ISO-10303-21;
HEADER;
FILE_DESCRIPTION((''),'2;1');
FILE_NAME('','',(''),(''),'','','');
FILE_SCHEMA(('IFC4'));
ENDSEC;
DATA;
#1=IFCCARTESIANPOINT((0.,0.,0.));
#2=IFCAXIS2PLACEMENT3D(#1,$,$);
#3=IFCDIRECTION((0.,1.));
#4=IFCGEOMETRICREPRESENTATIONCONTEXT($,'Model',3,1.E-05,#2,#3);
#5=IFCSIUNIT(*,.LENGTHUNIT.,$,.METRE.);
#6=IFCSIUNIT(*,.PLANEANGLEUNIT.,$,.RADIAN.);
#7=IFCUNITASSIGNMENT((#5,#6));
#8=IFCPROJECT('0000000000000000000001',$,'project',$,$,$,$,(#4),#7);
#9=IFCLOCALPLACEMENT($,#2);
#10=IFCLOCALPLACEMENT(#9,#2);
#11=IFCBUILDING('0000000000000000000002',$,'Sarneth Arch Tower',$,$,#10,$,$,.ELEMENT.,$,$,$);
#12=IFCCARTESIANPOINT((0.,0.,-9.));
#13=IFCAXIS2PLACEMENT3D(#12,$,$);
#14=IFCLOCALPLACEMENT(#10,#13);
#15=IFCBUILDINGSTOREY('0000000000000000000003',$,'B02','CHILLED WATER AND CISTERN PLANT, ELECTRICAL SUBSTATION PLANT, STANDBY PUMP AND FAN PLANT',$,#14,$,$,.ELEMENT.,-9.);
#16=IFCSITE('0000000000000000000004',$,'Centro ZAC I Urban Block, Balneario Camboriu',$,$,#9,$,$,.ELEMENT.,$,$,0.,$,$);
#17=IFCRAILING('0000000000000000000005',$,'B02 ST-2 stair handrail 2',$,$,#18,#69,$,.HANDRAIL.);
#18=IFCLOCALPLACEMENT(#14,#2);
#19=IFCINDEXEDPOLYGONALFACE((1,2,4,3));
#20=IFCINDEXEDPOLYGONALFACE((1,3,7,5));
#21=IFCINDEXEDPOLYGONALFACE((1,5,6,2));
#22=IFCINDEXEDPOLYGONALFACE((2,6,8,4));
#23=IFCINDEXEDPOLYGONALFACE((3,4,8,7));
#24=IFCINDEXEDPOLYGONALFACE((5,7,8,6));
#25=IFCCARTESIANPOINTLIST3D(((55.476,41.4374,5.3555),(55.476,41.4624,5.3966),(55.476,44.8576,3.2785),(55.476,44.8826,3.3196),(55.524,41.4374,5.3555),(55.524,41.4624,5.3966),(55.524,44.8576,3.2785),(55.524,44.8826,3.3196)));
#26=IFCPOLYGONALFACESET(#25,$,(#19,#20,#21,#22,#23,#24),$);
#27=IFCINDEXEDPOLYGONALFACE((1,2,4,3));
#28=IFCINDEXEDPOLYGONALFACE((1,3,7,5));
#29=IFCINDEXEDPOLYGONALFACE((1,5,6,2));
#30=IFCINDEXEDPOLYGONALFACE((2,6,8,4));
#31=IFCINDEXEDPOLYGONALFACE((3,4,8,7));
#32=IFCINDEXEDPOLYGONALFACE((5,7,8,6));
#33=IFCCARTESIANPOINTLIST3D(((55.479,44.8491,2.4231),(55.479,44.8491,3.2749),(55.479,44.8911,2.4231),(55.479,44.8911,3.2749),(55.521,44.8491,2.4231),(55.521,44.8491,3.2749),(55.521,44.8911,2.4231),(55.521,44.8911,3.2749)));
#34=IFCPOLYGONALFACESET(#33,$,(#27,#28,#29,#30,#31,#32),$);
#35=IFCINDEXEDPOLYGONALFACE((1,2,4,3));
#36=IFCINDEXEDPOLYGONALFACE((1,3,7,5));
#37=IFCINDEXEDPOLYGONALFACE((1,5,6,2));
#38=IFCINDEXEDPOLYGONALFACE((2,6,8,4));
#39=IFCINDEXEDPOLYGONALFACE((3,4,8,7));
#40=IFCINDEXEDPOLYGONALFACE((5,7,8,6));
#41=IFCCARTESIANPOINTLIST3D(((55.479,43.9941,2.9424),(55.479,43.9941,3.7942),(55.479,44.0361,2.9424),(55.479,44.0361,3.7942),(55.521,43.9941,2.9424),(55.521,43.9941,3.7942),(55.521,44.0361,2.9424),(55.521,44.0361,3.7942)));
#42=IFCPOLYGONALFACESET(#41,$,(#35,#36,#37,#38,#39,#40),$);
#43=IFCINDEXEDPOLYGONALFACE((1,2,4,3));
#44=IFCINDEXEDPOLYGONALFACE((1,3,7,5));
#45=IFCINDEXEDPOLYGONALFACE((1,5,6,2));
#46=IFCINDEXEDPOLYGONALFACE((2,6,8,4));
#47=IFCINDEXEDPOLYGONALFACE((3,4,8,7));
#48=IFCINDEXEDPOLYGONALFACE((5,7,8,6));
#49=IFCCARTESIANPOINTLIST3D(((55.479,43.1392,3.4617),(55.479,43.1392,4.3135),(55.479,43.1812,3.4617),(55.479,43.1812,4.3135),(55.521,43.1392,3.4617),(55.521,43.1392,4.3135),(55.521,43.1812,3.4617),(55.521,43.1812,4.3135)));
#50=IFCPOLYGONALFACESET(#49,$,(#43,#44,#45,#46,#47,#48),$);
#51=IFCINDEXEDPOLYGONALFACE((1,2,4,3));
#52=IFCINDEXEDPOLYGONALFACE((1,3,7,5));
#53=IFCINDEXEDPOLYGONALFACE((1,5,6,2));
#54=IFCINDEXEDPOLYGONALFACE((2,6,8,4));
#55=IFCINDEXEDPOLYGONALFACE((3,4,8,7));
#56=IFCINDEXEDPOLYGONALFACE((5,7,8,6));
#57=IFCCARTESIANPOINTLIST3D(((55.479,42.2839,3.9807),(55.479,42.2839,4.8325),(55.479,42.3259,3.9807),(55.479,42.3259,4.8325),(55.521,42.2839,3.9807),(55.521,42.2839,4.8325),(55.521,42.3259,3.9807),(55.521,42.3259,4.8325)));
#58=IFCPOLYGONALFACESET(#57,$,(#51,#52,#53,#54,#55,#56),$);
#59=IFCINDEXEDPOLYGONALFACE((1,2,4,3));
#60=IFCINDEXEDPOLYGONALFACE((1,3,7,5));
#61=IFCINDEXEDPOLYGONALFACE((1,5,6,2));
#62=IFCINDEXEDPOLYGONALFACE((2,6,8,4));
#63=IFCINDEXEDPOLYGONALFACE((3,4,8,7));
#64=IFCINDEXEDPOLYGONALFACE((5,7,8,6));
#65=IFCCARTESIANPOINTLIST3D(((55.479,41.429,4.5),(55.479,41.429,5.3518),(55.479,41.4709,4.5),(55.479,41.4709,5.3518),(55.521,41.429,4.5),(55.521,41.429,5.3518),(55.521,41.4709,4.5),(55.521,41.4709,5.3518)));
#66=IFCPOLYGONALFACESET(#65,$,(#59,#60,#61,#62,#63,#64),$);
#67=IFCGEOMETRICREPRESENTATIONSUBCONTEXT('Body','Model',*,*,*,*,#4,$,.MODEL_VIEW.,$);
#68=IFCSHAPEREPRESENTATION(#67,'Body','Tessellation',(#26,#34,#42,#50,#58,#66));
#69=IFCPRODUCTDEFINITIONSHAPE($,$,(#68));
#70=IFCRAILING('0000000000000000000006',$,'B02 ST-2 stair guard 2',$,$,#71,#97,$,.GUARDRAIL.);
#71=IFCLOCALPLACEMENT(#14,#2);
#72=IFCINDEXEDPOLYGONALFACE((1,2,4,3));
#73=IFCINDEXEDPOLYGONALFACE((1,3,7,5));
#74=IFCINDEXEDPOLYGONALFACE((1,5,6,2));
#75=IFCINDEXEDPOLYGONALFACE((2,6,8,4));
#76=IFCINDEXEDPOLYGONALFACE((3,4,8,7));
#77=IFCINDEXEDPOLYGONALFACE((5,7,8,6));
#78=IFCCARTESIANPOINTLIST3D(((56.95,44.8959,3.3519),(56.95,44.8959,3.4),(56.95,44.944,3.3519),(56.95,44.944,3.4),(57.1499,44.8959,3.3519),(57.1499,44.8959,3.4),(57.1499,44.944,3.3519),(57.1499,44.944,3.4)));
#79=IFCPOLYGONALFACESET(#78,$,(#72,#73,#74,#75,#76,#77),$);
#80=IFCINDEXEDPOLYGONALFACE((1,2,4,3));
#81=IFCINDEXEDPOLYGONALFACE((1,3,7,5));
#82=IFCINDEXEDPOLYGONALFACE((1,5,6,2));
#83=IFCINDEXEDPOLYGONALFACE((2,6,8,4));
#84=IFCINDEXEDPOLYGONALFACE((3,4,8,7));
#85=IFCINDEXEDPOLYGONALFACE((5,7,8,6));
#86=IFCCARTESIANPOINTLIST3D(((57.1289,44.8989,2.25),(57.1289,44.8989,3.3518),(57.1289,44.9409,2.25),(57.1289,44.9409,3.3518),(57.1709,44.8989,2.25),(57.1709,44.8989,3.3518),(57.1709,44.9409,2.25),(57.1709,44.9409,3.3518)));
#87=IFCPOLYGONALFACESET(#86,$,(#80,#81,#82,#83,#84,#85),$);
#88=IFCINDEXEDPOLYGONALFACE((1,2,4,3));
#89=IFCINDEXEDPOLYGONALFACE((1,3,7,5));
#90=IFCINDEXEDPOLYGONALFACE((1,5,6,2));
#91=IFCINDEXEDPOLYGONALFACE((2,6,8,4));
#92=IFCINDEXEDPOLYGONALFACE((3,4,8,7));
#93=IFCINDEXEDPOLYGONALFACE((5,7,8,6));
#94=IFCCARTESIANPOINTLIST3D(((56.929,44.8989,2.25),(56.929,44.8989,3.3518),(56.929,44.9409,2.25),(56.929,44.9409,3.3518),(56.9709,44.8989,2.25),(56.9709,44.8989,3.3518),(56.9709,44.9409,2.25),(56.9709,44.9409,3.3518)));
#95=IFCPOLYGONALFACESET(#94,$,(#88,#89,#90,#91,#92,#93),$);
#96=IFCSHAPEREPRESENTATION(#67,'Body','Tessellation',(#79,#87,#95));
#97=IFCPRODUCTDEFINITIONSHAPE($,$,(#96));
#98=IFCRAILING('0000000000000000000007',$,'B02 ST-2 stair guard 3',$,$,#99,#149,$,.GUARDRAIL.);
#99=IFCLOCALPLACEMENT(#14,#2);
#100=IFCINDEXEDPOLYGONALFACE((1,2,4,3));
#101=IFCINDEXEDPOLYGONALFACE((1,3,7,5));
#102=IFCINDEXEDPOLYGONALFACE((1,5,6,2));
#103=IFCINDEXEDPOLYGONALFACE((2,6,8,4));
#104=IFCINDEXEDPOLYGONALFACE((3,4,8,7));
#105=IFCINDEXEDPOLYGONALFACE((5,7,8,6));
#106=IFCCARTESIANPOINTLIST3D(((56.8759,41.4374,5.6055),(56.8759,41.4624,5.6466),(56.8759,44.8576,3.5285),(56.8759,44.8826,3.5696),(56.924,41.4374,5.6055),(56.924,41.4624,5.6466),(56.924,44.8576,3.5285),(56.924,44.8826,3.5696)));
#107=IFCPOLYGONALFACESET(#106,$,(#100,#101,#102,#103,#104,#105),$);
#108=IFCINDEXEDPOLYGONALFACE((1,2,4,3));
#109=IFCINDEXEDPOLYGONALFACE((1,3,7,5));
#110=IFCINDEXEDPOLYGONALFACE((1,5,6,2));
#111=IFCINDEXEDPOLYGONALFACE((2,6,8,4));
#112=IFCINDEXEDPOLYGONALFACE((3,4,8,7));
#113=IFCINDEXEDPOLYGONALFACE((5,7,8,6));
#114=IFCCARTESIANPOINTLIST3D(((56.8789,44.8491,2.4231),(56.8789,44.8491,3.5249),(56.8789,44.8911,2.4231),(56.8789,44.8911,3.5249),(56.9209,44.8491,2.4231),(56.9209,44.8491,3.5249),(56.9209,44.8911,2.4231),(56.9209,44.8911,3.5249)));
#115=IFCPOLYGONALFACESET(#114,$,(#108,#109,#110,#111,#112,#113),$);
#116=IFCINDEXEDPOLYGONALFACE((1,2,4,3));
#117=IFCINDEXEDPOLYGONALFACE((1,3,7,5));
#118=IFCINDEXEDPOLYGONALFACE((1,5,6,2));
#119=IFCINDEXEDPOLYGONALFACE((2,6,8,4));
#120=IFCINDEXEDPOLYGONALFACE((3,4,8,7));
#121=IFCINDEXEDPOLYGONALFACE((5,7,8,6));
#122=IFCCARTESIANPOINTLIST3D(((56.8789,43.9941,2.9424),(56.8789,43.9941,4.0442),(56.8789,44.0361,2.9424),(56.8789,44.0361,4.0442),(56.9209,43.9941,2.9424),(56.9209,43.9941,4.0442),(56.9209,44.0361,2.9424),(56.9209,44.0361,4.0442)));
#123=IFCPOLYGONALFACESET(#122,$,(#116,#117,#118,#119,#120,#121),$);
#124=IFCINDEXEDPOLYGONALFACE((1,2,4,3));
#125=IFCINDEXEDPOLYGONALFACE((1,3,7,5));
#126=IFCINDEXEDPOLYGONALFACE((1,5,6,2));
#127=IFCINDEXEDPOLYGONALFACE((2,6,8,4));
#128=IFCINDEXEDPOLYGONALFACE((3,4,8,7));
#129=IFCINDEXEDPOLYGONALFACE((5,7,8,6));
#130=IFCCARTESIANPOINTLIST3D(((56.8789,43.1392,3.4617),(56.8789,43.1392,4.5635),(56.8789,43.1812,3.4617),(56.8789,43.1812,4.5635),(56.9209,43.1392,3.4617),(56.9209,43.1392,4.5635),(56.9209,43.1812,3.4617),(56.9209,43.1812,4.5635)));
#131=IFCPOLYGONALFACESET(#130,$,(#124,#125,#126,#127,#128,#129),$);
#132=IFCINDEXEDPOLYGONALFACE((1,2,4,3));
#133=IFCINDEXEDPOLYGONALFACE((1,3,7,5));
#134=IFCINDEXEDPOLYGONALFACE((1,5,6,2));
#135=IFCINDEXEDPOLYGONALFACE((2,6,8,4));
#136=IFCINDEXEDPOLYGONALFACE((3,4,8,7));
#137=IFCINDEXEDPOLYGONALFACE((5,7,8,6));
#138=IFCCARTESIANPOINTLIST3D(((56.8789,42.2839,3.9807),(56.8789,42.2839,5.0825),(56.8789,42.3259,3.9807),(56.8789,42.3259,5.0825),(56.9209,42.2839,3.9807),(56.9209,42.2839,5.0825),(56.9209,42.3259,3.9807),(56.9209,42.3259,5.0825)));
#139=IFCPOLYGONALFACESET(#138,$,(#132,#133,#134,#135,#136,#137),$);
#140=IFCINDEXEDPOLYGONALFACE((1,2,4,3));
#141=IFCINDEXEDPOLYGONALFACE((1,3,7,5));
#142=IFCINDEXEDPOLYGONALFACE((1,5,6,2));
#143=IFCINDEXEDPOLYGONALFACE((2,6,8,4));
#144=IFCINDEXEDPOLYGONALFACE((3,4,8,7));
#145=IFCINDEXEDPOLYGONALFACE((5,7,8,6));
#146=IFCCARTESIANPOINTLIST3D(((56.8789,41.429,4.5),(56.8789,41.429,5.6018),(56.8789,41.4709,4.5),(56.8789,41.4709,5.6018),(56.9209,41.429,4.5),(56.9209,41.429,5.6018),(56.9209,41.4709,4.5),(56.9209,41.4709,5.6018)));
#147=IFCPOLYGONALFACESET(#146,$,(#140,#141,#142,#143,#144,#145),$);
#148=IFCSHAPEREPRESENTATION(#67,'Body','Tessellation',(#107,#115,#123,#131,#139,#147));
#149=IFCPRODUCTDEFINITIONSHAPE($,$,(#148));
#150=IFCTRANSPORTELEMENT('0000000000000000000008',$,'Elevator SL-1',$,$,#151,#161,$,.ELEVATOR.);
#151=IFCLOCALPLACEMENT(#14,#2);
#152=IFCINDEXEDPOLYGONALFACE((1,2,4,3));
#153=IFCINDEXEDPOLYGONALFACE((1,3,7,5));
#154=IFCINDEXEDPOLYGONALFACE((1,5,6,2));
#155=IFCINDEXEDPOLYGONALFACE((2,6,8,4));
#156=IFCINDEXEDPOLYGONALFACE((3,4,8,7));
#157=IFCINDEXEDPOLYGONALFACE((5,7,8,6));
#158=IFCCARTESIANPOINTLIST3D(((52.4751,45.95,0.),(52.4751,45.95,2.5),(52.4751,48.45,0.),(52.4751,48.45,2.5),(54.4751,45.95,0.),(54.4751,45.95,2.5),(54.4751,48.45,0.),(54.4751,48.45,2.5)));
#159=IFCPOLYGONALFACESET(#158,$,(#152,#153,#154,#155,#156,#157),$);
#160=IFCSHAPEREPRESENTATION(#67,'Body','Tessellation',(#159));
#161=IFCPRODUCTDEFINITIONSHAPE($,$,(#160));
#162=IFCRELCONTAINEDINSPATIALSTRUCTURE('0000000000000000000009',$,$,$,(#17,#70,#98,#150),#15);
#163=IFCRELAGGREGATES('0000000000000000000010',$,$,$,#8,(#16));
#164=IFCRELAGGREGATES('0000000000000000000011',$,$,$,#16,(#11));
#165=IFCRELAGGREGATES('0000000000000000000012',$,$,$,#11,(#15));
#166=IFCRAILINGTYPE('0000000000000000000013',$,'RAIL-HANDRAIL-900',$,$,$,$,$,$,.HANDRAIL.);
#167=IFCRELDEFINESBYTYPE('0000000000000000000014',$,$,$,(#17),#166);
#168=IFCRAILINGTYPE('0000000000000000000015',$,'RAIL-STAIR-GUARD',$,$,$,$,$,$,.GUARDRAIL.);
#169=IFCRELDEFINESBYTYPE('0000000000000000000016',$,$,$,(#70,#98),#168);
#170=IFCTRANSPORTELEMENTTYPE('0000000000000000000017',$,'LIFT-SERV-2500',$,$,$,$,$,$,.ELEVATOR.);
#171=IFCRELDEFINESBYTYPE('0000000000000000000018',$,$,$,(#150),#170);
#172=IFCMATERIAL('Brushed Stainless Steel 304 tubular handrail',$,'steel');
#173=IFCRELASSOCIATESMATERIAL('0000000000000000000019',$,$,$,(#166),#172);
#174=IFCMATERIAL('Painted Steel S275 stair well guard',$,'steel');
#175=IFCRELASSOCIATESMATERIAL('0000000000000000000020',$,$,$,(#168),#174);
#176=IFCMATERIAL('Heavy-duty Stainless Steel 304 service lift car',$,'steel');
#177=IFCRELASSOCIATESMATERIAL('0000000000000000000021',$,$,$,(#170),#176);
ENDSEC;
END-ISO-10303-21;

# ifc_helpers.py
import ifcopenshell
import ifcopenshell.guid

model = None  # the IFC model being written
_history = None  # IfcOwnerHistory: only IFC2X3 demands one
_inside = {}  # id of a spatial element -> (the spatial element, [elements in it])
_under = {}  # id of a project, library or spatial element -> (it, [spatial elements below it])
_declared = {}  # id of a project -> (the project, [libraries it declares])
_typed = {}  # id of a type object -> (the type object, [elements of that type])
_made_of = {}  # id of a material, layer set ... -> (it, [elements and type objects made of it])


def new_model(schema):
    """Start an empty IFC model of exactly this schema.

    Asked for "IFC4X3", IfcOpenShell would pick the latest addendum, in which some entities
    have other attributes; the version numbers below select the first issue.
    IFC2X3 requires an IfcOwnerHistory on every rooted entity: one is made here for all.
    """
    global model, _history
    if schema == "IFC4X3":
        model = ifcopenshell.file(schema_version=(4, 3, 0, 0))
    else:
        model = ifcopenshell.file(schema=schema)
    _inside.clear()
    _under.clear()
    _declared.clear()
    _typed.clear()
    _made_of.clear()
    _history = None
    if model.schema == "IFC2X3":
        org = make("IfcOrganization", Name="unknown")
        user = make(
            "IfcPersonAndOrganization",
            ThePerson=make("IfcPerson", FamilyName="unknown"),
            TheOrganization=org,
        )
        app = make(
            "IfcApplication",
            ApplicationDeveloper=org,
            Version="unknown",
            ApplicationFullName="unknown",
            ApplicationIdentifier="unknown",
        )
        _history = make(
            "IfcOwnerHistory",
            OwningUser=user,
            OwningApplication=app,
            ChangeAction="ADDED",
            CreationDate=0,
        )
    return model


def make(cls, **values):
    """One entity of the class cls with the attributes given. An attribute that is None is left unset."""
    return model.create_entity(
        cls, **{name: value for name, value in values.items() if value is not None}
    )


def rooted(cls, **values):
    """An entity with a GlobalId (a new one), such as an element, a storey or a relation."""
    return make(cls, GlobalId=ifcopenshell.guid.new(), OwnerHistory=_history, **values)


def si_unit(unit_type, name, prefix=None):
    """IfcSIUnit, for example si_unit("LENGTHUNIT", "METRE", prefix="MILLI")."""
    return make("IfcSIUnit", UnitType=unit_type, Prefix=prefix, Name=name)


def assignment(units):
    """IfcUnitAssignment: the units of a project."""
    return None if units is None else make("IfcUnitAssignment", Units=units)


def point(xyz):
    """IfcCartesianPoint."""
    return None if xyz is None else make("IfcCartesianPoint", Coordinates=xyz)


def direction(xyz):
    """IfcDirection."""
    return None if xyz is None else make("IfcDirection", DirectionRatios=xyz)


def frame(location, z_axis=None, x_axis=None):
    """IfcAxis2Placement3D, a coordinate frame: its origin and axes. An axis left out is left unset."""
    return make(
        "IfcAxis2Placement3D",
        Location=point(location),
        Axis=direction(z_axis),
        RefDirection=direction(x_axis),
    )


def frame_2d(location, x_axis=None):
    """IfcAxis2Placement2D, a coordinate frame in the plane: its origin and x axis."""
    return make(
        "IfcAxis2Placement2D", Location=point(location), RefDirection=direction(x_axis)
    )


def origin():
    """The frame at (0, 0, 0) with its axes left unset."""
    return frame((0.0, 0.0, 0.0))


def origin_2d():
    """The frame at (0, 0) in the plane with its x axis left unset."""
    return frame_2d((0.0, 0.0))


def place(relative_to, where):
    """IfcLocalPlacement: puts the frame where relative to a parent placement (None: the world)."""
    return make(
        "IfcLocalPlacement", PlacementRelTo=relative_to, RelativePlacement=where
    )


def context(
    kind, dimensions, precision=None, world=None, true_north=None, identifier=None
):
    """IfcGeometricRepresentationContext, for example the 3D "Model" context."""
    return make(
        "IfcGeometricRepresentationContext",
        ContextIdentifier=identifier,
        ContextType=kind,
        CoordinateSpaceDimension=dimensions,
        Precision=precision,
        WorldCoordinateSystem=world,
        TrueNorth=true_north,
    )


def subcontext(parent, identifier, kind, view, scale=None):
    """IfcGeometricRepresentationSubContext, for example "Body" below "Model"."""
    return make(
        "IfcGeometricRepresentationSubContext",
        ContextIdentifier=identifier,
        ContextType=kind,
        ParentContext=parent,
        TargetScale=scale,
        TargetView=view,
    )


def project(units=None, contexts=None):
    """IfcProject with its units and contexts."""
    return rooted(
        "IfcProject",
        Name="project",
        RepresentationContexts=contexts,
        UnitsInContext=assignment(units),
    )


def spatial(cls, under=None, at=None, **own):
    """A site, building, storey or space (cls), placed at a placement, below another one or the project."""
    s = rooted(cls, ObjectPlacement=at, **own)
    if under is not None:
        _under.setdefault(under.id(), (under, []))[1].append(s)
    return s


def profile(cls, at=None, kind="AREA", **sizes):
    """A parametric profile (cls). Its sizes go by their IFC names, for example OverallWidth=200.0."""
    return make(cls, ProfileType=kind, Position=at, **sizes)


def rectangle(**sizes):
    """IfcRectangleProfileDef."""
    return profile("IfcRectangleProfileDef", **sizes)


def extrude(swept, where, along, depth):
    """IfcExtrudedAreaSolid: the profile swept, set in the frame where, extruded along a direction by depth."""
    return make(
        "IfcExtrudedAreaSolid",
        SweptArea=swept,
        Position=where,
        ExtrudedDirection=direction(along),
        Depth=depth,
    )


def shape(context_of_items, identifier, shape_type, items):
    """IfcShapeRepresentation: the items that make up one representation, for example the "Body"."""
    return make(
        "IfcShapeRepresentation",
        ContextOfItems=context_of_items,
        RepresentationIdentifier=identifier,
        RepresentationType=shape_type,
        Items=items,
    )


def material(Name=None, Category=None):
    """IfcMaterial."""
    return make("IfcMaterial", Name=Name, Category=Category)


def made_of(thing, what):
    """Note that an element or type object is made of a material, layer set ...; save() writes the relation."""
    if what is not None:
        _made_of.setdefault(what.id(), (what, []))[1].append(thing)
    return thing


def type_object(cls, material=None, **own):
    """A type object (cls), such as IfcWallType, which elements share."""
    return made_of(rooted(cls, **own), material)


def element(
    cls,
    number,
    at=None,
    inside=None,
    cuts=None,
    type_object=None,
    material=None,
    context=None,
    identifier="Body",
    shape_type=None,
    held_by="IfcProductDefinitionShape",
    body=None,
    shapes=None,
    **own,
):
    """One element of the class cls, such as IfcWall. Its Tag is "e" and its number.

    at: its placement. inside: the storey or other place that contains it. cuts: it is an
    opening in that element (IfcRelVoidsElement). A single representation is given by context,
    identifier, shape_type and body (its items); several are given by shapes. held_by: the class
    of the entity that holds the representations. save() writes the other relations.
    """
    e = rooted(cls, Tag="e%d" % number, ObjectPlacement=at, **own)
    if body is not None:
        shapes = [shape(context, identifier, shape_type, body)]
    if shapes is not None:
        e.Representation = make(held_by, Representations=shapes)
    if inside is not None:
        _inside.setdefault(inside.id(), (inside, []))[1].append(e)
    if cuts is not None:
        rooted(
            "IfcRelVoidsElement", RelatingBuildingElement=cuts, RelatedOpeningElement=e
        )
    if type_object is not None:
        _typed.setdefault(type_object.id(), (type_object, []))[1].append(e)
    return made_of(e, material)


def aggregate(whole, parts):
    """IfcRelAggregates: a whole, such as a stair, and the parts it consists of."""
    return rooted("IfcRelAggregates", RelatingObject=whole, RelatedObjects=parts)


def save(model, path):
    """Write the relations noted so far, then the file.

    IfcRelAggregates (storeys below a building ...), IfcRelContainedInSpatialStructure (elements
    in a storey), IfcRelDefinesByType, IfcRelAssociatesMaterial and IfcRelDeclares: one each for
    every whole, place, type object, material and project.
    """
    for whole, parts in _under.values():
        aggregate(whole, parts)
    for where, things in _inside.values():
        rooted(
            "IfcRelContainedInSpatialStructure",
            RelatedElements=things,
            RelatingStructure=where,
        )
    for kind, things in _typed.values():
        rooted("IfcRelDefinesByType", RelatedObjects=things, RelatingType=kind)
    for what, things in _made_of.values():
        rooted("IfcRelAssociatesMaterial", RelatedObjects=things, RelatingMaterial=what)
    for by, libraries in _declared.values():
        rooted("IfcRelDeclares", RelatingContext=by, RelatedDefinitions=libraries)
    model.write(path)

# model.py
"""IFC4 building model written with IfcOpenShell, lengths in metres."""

from ifc_helpers import new_model, si_unit, direction, frame, origin, origin_2d, place, context, subcontext, project, spatial, rectangle, extrude, material, type_object, element, save


model = new_model("IFC4")

# Units and contexts
model_context = context("Model", 3, precision=1e-05, world=origin(), true_north=direction((0.0, 1.0)))
body_context = subcontext(model_context, "Body", "Model", "MODEL_VIEW")
ifc_project = project(units=[si_unit("LENGTHUNIT", "METRE"), si_unit("PLANEANGLEUNIT", "RADIAN")], contexts=[model_context])

# Site, building, storey
site_placement = place(None, origin())
site = spatial("IfcSite", under=ifc_project, at=site_placement, Name="Centro ZAC I Urban Block, Balneario Camboriu", CompositionType="ELEMENT", RefElevation=0.0)
building_placement = place(site_placement, origin())
building = spatial("IfcBuilding", under=site, at=building_placement, Name="Sarneth Arch Tower", CompositionType="ELEMENT")
storey_placement = place(building_placement, frame((0.0, 0.0, -9.0)))
storey = spatial("IfcBuildingStorey", under=building, at=storey_placement, Name="B02", Description="CHILLED WATER AND CISTERN PLANT, ELECTRICAL SUBSTATION PLANT, STANDBY PUMP AND FAN PLANT", CompositionType="ELEMENT", Elevation=-9.0)

# Railings
ifc_material_1 = material(Name="Brushed Stainless Steel 304 tubular handrail", Category="steel")
railing_type_1 = type_object("IfcRailingType", Name="RAIL-HANDRAIL-900", PredefinedType="HANDRAIL", material=ifc_material_1)
railing_1_placement = place(storey_placement, frame((55.5, 44.8701, 2.4231)))
element("IfcRailing", 1, at=railing_1_placement, inside=storey, type_object=railing_type_1, Name="B02 ST-2 stair handrail 2", PredefinedType="HANDRAIL", context=body_context, shape_type="SweptSolid", body=[
    extrude(rectangle(XDim=0.0481, YDim=0.0481, at=origin_2d()), frame((0.0, 0.0, 0.876), z_axis=(0.0, -0.854746, 0.519047), x_axis=(1.0, 0.0, 0.0)), (0.0, 0.0, 1.0), 4.0015),
    extrude(rectangle(XDim=0.042, YDim=0.042, at=origin_2d()), origin(), (0.0, 0.0, 1.0), 0.8518),
    extrude(rectangle(XDim=0.042, YDim=0.042, at=origin_2d()), frame((0.0, -0.855, 0.5193)), (0.0, 0.0, 1.0), 0.8518),
    extrude(rectangle(XDim=0.042, YDim=0.042, at=origin_2d()), frame((0.0, -1.71, 1.0386)), (0.0, 0.0, 1.0), 0.8518),
    extrude(rectangle(XDim=0.042, YDim=0.042, at=origin_2d()), frame((0.0, -2.5652, 1.5576)), (0.0, 0.0, 1.0), 0.8518),
    extrude(rectangle(XDim=0.042, YDim=0.042, at=origin_2d()), frame((0.0, -3.4202, 2.0769)), (0.0, 0.0, 1.0), 0.8518),
])
ifc_material_2 = material(Name="Painted Steel S275 stair well guard", Category="steel")
railing_type_2 = type_object("IfcRailingType", Name="RAIL-STAIR-GUARD", PredefinedType="GUARDRAIL", material=ifc_material_2)
railing_2_placement = place(storey_placement, frame((57.1499, 44.9199, 2.25)))
element("IfcRailing", 2, at=railing_2_placement, inside=storey, type_object=railing_type_2, Name="B02 ST-2 stair guard 2", PredefinedType="GUARDRAIL", context=body_context, shape_type="SweptSolid", body=[
    extrude(rectangle(XDim=0.0481, YDim=0.0481, at=origin_2d()), frame((0.0, 0.0, 1.126), z_axis=(-1.0, 0.0, 0.0), x_axis=(0.0, -1.0, 0.0)), (0.0, 0.0, 1.0), 0.2),
    extrude(rectangle(XDim=0.042, YDim=0.042, at=origin_2d()), origin(), (0.0, 0.0, 1.0), 1.1018),
    extrude(rectangle(XDim=0.042, YDim=0.042, at=origin_2d()), frame((-0.2, 0.0, 0.0)), (0.0, 0.0, 1.0), 1.1018),
])
railing_3_placement = place(storey_placement, frame((56.8999, 44.8701, 2.4231)))
element("IfcRailing", 3, at=railing_3_placement, inside=storey, type_object=railing_type_2, Name="B02 ST-2 stair guard 3", PredefinedType="GUARDRAIL", context=body_context, shape_type="SweptSolid", body=[
    extrude(rectangle(XDim=0.0481, YDim=0.0481, at=origin_2d()), frame((0.0, 0.0, 1.126), z_axis=(0.0, -0.854746, 0.519047), x_axis=(1.0, 0.0, 0.0)), (0.0, 0.0, 1.0), 4.0015),
    extrude(rectangle(XDim=0.042, YDim=0.042, at=origin_2d()), origin(), (0.0, 0.0, 1.0), 1.1018),
    extrude(rectangle(XDim=0.042, YDim=0.042, at=origin_2d()), frame((0.0, -0.855, 0.5193)), (0.0, 0.0, 1.0), 1.1018),
    extrude(rectangle(XDim=0.042, YDim=0.042, at=origin_2d()), frame((0.0, -1.71, 1.0386)), (0.0, 0.0, 1.0), 1.1018),
    extrude(rectangle(XDim=0.042, YDim=0.042, at=origin_2d()), frame((0.0, -2.5652, 1.5576)), (0.0, 0.0, 1.0), 1.1018),
    extrude(rectangle(XDim=0.042, YDim=0.042, at=origin_2d()), frame((0.0, -3.4202, 2.0769)), (0.0, 0.0, 1.0), 1.1018),
])

# Transport element
ifc_material_3 = material(Name="Heavy-duty Stainless Steel 304 service lift car", Category="steel")
transport_element_type = type_object("IfcTransportElementType", Name="LIFT-SERV-2500", PredefinedType="ELEVATOR", material=ifc_material_3)
transport_element_placement = place(storey_placement, frame((53.4751, 47.2, 0.0), z_axis=(0.0, 0.0, 1.0), x_axis=(1.0, 0.0, 0.0)))
element("IfcTransportElement", 4, at=transport_element_placement, inside=storey, type_object=transport_element_type, Name="Elevator SL-1", PredefinedType="ELEVATOR", context=body_context, shape_type="SweptSolid", body=[
    extrude(rectangle(XDim=2.0, YDim=2.5, at=origin_2d()), origin(), (0.0, 0.0, 1.0), 2.5),
])

save(model, "model.ifc")
